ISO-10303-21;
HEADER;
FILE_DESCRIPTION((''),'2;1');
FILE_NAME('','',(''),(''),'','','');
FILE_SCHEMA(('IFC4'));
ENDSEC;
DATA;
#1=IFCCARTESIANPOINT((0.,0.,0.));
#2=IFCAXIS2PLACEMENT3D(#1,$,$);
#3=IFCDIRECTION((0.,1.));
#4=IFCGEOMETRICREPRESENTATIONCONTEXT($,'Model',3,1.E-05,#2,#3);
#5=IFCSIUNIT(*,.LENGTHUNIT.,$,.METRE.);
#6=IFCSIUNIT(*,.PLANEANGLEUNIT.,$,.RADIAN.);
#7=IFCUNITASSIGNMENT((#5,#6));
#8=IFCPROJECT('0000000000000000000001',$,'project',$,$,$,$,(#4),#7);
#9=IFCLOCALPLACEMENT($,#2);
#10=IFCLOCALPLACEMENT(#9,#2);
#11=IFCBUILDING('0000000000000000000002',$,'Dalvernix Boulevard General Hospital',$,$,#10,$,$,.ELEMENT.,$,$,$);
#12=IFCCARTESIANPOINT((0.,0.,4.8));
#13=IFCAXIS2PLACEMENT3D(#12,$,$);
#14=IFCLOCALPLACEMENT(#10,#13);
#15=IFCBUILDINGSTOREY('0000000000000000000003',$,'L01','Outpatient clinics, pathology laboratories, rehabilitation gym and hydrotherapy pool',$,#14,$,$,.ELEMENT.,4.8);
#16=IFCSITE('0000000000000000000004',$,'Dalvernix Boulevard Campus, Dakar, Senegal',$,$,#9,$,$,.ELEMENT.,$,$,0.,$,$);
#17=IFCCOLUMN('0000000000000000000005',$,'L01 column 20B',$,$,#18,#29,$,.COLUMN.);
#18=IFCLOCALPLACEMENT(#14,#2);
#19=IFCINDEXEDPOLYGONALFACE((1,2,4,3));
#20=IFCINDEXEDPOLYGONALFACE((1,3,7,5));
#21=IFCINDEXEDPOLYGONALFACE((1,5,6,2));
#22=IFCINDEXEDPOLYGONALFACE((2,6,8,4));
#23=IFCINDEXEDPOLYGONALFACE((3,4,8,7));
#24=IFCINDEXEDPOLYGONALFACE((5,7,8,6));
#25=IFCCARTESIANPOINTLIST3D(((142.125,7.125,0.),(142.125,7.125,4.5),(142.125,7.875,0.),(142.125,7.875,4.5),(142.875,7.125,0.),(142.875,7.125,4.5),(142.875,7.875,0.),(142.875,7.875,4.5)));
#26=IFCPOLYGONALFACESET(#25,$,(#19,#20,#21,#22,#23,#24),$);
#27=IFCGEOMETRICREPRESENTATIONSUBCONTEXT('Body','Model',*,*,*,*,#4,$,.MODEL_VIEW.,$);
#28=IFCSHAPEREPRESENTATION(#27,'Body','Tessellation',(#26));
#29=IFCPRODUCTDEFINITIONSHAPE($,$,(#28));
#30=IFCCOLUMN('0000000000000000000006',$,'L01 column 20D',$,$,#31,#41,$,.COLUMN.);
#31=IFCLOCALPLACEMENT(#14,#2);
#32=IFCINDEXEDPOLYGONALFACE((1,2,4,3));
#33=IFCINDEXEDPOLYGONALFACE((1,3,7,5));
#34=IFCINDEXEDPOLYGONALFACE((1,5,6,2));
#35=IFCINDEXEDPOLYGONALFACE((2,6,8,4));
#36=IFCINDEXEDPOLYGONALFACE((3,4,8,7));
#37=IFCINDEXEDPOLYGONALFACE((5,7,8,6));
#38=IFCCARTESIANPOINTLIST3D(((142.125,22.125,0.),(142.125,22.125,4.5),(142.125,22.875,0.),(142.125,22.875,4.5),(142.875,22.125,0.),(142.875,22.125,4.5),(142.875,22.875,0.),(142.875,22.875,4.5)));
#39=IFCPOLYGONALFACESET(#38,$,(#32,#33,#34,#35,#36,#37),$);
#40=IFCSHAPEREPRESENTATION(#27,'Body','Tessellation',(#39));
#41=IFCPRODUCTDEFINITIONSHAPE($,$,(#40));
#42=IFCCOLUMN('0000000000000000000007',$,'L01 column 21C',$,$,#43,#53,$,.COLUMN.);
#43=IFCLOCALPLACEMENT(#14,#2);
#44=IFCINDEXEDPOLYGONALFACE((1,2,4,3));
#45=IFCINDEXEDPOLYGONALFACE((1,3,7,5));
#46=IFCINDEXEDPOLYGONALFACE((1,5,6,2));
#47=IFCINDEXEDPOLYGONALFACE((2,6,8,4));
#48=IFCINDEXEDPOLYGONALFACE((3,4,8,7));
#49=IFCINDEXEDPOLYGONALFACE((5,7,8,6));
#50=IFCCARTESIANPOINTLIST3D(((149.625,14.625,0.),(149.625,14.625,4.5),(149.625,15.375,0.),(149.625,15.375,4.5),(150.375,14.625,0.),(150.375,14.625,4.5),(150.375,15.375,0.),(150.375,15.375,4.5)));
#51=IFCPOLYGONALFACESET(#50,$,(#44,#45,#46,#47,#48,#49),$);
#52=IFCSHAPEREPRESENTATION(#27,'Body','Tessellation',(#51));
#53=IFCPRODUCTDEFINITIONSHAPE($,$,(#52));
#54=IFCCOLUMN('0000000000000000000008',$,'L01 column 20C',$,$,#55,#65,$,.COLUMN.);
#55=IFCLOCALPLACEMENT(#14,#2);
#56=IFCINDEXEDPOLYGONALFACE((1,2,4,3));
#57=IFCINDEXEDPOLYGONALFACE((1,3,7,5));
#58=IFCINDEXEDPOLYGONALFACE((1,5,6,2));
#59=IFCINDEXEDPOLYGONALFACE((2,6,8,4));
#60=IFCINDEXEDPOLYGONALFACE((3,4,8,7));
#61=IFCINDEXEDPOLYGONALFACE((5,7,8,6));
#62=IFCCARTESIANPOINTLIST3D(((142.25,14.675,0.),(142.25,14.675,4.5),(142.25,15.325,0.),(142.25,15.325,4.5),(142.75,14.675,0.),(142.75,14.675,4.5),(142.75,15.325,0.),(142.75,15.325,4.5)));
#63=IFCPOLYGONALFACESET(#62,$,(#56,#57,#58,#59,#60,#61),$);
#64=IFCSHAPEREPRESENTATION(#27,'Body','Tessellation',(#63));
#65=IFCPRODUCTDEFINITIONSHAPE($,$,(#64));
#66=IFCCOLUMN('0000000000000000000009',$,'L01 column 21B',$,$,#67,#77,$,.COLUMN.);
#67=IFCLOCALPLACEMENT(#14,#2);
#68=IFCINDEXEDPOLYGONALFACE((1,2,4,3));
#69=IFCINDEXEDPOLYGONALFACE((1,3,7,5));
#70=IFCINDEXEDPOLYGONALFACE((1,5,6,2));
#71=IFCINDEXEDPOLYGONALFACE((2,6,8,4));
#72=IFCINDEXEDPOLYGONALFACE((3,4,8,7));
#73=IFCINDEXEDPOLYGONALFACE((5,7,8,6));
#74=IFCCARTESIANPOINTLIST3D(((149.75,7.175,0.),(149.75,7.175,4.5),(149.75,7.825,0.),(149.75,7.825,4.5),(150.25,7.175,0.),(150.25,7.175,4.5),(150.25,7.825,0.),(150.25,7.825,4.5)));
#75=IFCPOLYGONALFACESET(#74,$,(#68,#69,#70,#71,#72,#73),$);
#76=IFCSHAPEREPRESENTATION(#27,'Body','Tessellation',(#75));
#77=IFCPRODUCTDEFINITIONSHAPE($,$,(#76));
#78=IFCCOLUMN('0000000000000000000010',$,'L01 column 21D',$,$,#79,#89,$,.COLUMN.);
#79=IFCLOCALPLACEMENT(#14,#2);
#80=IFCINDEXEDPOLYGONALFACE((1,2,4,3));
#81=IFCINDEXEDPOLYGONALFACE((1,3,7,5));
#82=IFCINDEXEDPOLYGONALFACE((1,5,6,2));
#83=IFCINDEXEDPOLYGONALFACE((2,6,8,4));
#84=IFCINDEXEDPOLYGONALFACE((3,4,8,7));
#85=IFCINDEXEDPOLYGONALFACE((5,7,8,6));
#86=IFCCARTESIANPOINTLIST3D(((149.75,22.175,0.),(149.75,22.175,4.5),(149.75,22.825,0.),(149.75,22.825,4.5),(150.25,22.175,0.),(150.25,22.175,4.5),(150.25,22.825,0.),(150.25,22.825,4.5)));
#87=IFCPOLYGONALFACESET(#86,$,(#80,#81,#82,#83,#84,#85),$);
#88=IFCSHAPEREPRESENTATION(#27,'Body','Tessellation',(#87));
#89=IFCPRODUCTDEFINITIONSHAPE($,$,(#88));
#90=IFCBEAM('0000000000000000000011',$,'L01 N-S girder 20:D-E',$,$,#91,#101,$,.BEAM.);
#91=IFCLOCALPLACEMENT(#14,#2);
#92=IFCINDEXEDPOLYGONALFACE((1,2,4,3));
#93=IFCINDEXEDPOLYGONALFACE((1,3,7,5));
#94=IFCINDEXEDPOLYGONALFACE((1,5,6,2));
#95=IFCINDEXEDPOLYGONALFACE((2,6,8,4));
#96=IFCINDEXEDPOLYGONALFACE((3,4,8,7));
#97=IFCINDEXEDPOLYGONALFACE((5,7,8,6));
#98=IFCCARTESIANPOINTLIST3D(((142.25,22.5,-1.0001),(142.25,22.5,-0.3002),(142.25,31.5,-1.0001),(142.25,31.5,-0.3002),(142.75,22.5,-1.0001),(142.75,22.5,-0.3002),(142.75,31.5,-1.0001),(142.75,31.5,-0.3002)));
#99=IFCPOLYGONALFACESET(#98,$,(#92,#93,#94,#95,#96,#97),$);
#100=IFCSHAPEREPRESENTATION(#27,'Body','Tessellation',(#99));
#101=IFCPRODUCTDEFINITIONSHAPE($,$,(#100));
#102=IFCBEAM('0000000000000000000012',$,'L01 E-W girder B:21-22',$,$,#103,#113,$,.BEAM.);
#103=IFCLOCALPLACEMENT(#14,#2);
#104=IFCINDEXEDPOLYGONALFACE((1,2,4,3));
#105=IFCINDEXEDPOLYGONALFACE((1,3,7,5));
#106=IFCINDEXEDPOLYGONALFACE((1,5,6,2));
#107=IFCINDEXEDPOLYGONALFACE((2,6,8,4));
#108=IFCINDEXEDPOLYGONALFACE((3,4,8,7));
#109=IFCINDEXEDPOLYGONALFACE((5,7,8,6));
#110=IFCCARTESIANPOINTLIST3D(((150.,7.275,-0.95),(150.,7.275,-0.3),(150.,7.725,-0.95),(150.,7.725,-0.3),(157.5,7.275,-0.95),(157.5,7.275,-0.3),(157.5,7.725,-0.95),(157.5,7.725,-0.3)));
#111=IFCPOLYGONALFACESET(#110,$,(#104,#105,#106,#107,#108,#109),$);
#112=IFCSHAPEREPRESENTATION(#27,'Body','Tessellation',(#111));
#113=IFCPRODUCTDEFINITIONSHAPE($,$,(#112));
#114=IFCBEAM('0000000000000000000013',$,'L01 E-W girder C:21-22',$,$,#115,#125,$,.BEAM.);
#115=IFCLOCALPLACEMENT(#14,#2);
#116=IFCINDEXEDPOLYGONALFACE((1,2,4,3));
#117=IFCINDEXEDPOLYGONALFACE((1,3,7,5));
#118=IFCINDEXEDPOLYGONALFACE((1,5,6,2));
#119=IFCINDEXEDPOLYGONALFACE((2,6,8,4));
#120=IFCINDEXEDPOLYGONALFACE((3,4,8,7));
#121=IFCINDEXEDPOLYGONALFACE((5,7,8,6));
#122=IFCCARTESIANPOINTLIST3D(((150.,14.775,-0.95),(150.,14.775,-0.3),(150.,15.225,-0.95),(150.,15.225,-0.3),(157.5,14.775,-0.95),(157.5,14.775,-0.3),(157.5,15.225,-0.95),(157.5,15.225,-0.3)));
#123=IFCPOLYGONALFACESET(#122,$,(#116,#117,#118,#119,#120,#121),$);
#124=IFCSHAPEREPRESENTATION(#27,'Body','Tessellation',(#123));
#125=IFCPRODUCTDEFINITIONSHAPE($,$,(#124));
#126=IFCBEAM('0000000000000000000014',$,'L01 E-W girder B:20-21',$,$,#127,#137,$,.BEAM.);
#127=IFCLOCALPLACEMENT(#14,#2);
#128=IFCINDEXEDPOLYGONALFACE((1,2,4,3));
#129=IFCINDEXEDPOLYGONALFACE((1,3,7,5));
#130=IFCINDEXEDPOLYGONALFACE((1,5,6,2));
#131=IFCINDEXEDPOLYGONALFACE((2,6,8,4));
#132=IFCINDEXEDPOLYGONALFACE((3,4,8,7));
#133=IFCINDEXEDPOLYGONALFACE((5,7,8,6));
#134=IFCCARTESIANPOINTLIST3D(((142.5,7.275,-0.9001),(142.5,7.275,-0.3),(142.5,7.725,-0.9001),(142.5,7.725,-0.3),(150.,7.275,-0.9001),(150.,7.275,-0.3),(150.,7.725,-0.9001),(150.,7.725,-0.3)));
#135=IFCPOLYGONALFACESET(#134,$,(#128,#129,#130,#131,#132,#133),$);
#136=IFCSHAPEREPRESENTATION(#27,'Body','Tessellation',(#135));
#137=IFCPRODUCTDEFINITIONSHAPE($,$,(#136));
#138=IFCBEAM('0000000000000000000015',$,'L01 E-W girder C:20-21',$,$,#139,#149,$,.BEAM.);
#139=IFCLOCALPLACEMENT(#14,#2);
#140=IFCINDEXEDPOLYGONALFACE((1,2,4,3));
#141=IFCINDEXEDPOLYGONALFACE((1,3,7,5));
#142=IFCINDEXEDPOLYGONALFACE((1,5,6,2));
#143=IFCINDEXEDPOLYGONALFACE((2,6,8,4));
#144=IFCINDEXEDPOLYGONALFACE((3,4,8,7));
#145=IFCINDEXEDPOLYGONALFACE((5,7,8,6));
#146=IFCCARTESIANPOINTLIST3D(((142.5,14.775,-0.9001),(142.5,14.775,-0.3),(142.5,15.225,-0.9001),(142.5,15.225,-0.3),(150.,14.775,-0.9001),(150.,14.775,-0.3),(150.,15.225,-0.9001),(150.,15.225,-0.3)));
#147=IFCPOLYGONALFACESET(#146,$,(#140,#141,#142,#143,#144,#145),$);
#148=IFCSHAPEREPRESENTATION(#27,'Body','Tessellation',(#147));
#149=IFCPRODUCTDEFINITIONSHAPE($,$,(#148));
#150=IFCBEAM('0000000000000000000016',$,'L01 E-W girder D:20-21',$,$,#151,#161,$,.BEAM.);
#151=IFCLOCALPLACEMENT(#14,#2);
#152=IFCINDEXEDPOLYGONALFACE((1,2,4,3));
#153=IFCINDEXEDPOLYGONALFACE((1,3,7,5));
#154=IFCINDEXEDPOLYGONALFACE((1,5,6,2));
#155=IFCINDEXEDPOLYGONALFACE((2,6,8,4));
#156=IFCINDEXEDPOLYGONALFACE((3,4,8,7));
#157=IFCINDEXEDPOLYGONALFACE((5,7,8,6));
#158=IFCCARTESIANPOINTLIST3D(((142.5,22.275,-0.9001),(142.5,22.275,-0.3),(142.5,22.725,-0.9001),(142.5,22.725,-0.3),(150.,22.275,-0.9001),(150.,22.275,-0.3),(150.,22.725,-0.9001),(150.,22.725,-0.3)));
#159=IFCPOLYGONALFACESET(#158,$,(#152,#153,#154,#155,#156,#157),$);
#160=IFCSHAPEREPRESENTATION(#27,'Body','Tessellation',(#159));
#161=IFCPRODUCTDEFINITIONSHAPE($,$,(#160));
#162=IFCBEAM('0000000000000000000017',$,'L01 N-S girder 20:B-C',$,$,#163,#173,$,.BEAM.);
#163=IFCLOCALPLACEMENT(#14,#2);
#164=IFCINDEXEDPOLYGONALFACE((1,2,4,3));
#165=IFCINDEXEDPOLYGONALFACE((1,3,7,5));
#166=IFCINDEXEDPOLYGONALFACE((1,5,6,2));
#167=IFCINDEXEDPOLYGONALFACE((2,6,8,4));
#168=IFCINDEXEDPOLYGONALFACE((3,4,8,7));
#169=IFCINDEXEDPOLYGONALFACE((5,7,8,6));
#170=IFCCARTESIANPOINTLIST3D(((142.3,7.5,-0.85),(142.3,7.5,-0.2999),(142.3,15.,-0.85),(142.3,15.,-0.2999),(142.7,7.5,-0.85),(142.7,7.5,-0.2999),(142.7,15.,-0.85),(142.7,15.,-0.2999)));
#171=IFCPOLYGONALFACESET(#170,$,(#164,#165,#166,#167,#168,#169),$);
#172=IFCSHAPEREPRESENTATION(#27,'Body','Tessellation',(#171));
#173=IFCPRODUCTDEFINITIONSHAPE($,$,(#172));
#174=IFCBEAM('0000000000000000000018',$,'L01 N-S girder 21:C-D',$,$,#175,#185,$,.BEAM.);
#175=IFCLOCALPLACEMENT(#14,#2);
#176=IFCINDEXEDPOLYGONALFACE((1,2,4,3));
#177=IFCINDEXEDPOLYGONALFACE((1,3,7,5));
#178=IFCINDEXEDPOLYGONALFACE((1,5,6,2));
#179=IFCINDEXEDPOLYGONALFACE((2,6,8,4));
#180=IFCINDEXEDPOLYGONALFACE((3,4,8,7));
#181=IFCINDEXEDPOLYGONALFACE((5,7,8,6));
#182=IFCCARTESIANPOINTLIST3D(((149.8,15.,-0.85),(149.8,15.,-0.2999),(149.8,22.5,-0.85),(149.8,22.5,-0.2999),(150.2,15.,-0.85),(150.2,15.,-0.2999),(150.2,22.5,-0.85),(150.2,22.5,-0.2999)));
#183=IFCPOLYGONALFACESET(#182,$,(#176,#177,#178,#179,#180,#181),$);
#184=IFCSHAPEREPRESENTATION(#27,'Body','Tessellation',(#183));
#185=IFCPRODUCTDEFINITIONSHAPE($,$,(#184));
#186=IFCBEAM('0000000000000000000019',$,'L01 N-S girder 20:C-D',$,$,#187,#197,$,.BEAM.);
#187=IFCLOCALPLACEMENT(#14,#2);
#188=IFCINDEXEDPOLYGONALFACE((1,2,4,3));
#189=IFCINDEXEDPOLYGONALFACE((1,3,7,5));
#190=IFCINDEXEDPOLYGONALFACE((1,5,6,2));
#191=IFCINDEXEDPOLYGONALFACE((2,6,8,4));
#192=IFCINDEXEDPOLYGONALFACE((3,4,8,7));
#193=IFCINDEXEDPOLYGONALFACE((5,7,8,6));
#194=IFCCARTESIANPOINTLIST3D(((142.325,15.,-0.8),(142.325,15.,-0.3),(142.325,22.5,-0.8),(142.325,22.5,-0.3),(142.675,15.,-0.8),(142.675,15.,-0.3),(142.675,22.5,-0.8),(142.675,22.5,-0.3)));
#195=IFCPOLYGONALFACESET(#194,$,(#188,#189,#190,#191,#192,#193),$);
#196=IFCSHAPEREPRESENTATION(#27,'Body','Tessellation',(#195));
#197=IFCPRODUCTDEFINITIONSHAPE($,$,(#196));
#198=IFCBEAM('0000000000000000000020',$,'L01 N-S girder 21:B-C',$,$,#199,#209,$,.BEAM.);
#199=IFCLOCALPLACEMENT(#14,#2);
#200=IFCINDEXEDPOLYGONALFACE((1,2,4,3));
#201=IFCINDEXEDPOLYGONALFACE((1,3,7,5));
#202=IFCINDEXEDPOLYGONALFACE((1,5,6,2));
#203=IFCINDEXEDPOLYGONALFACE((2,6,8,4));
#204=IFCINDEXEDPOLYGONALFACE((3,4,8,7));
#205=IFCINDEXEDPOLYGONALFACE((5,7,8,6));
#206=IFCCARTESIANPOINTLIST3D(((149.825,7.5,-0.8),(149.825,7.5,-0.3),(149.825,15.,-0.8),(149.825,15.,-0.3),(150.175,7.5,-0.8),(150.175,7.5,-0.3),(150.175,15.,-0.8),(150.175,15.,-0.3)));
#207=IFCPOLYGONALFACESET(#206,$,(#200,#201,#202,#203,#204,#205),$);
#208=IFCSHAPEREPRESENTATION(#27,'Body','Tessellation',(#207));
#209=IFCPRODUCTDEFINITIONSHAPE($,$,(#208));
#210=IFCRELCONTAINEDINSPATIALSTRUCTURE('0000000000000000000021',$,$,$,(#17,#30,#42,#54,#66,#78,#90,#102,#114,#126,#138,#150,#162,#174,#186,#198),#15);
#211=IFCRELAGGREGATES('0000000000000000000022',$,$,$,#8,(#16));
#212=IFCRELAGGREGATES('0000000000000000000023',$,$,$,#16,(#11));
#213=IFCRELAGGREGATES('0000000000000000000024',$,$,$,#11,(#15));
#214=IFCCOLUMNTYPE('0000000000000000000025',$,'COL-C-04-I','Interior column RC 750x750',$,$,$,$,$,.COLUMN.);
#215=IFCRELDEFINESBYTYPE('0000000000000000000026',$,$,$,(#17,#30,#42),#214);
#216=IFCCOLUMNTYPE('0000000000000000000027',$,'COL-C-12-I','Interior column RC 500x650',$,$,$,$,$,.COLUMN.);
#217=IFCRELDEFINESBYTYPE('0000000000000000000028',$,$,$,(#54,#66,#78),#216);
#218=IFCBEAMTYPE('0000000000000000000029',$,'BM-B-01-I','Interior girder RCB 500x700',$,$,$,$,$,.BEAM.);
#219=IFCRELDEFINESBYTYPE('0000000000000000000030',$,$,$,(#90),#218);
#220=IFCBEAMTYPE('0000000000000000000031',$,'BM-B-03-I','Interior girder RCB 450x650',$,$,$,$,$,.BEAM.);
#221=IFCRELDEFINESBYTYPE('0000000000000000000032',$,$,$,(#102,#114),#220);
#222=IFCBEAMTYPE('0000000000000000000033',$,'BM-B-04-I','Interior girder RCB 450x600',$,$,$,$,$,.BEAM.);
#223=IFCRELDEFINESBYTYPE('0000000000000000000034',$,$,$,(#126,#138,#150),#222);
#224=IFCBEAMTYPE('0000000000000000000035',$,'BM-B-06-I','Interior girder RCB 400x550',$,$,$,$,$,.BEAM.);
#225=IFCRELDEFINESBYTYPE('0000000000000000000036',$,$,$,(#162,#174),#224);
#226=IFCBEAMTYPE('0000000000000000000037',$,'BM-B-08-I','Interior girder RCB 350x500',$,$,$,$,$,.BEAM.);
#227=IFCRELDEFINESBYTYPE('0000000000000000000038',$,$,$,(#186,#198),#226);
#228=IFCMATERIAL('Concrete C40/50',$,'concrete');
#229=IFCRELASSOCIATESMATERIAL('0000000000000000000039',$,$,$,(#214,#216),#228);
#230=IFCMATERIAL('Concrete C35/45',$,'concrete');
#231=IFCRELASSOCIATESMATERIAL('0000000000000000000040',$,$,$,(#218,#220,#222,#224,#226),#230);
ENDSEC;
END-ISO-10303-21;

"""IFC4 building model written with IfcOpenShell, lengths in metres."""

from ifc_helpers import new_model, si_unit, direction, frame, origin, origin_2d, place, context, subcontext, project, spatial, rectangle, extrude, material, material_profile, profile_set, type_object, element, save


model = new_model("IFC4")

# Units and contexts
model_context = context("Model", 3, precision=1e-05, world=origin(), true_north=direction((0.0, 1.0)))
body_context = subcontext(model_context, "Body", "Model", "MODEL_VIEW")
ifc_project = project(units=[si_unit("LENGTHUNIT", "METRE"), si_unit("PLANEANGLEUNIT", "RADIAN")], contexts=[model_context])

# Site, building, storey
site_placement = place(None, origin())
site = spatial("IfcSite", under=ifc_project, at=site_placement, Name="Dalvernix Boulevard Campus, Dakar, Senegal", CompositionType="ELEMENT", RefElevation=0.0)
building_placement = place(site_placement, origin())
building = spatial("IfcBuilding", under=site, at=building_placement, Name="Dalvernix Boulevard General Hospital", CompositionType="ELEMENT")
storey_placement = place(building_placement, frame((0.0, 0.0, 4.8)))
storey = spatial("IfcBuildingStorey", under=building, at=storey_placement, Name="L01", Description="Outpatient clinics, pathology laboratories, rehabilitation gym and hydrotherapy pool", CompositionType="ELEMENT", Elevation=4.8)

# Columns
ifc_material_1 = material(Name="Concrete C40/50", Category="concrete")
ifc_material_profile_1 = material_profile(ifc_material_1, rectangle(XDim=0.75, YDim=0.75, at=origin_2d()), Name="RC 750x750")
ifc_profile_set_1 = profile_set([ifc_material_profile_1], Name="Concrete C40/50")
column_type_1 = type_object("IfcColumnType", Name="COL-C-04-I", Description="Interior column RC 750x750", PredefinedType="COLUMN", material=ifc_profile_set_1)
for number, where, z_axis, x_axis, name in (
    (1, (142.5, 7.5, 0.0), (0.0, 0.0, 1.0), (1.0, 0.0, 0.0), "L01 column 20B"),
    (2, (142.5, 22.5, 0.0), (0.0, 0.0, 1.0), (1.0, 0.0, 0.0), "L01 column 20D"),
    (3, (150.0, 15.0, 0.0), (0.0, 0.0, 1.0), (1.0, 0.0, 0.0), "L01 column 21C"),
):
    element("IfcColumn", number, at=place(storey_placement, frame(where, z_axis=z_axis, x_axis=x_axis)), inside=storey, type_object=column_type_1, Name=name, PredefinedType="COLUMN", context=body_context, shape_type="SweptSolid", body=[
        extrude(rectangle(XDim=0.75, YDim=0.75, at=origin_2d()), origin(), (0.0, 0.0, 1.0), 4.5),
    ])
ifc_material_profile_2 = material_profile(ifc_material_1, rectangle(XDim=0.5, YDim=0.6499, at=origin_2d()), Name="RC 500x650")
ifc_profile_set_2 = profile_set([ifc_material_profile_2], Name="Concrete C40/50")
column_type_2 = type_object("IfcColumnType", Name="COL-C-12-I", Description="Interior column RC 500x650", PredefinedType="COLUMN", material=ifc_profile_set_2)
for number, where, z_axis, x_axis, name in (
    (4, (142.5, 15.0, 0.0), (0.0, 0.0, 1.0), (1.0, 0.0, 0.0), "L01 column 20C"),
    (5, (150.0, 7.5, 0.0), (0.0, 0.0, 1.0), (1.0, 0.0, 0.0), "L01 column 21B"),
    (6, (150.0, 22.5, 0.0), (0.0, 0.0, 1.0), (1.0, 0.0, 0.0), "L01 column 21D"),
):
    element("IfcColumn", number, at=place(storey_placement, frame(where, z_axis=z_axis, x_axis=x_axis)), inside=storey, type_object=column_type_2, Name=name, PredefinedType="COLUMN", context=body_context, shape_type="SweptSolid", body=[
        extrude(rectangle(XDim=0.5, YDim=0.6499, at=origin_2d()), origin(), (0.0, 0.0, 1.0), 4.5),
    ])

# Beams
ifc_material_2 = material(Name="Concrete C35/45", Category="concrete")
ifc_material_profile_3 = material_profile(ifc_material_2, rectangle(XDim=0.5, YDim=0.7, at=origin_2d()), Name="RCB 500x700")
ifc_profile_set_3 = profile_set([ifc_material_profile_3], Name="Concrete C35/45")
beam_type_1 = type_object("IfcBeamType", Name="BM-B-01-I", Description="Interior girder RCB 500x700", PredefinedType="BEAM", material=ifc_profile_set_3)
beam_placement = place(storey_placement, frame((142.5, 22.5, -0.6501), z_axis=(0.0, 1.0, 0.0), x_axis=(-1.0, 0.0, 0.0)))
element("IfcBeam", 7, at=beam_placement, inside=storey, type_object=beam_type_1, Name="L01 N-S girder 20:D-E", PredefinedType="BEAM", context=body_context, shape_type="SweptSolid", body=[
    extrude(rectangle(XDim=0.5, YDim=0.7, at=origin_2d()), origin(), (0.0, 0.0, 1.0), 9.0),
])
ifc_material_profile_4 = material_profile(ifc_material_2, rectangle(XDim=0.45, YDim=0.6499, at=origin_2d()), Name="RCB 450x650")
ifc_profile_set_4 = profile_set([ifc_material_profile_4], Name="Concrete C35/45")
beam_type_2 = type_object("IfcBeamType", Name="BM-B-03-I", Description="Interior girder RCB 450x650", PredefinedType="BEAM", material=ifc_profile_set_4)
for number, where, z_axis, x_axis, name in (
    (8, (150.0, 7.5, -0.625), (1.0, 0.0, 0.0), (0.0, 1.0, 0.0), "L01 E-W girder B:21-22"),
    (9, (150.0, 15.0, -0.625), (1.0, 0.0, 0.0), (0.0, 1.0, 0.0), "L01 E-W girder C:21-22"),
):
    element("IfcBeam", number, at=place(storey_placement, frame(where, z_axis=z_axis, x_axis=x_axis)), inside=storey, type_object=beam_type_2, Name=name, PredefinedType="BEAM", context=body_context, shape_type="SweptSolid", body=[
        extrude(rectangle(XDim=0.45, YDim=0.6499, at=origin_2d()), origin(), (0.0, 0.0, 1.0), 7.5),
    ])
ifc_material_profile_5 = material_profile(ifc_material_2, rectangle(XDim=0.45, YDim=0.6001, at=origin_2d()), Name="RCB 450x600")
ifc_profile_set_5 = profile_set([ifc_material_profile_5], Name="Concrete C35/45")
beam_type_3 = type_object("IfcBeamType", Name="BM-B-04-I", Description="Interior girder RCB 450x600", PredefinedType="BEAM", material=ifc_profile_set_5)
for number, where, z_axis, x_axis, name in (
    (10, (142.5, 7.5, -0.6001), (1.0, 0.0, 0.0), (0.0, 1.0, 0.0), "L01 E-W girder B:20-21"),
    (11, (142.5, 15.0, -0.6001), (1.0, 0.0, 0.0), (0.0, 1.0, 0.0), "L01 E-W girder C:20-21"),
    (12, (142.5, 22.5, -0.6001), (1.0, 0.0, 0.0), (0.0, 1.0, 0.0), "L01 E-W girder D:20-21"),
):
    element("IfcBeam", number, at=place(storey_placement, frame(where, z_axis=z_axis, x_axis=x_axis)), inside=storey, type_object=beam_type_3, Name=name, PredefinedType="BEAM", context=body_context, shape_type="SweptSolid", body=[
        extrude(rectangle(XDim=0.45, YDim=0.6001, at=origin_2d()), origin(), (0.0, 0.0, 1.0), 7.5),
    ])
ifc_material_profile_6 = material_profile(ifc_material_2, rectangle(XDim=0.3999, YDim=0.55, at=origin_2d()), Name="RCB 400x550")
ifc_profile_set_6 = profile_set([ifc_material_profile_6], Name="Concrete C35/45")
beam_type_4 = type_object("IfcBeamType", Name="BM-B-06-I", Description="Interior girder RCB 400x550", PredefinedType="BEAM", material=ifc_profile_set_6)
for number, where, z_axis, x_axis, name in (
    (13, (142.5, 7.5, -0.575), (0.0, 1.0, 0.0), (-1.0, 0.0, 0.0), "L01 N-S girder 20:B-C"),
    (14, (150.0, 15.0, -0.575), (0.0, 1.0, 0.0), (-1.0, 0.0, 0.0), "L01 N-S girder 21:C-D"),
):
    element("IfcBeam", number, at=place(storey_placement, frame(where, z_axis=z_axis, x_axis=x_axis)), inside=storey, type_object=beam_type_4, Name=name, PredefinedType="BEAM", context=body_context, shape_type="SweptSolid", body=[
        extrude(rectangle(XDim=0.3999, YDim=0.55, at=origin_2d()), origin(), (0.0, 0.0, 1.0), 7.5),
    ])
ifc_material_profile_7 = material_profile(ifc_material_2, rectangle(XDim=0.3501, YDim=0.5, at=origin_2d()), Name="RCB 350x500")
ifc_profile_set_7 = profile_set([ifc_material_profile_7], Name="Concrete C35/45")
beam_type_5 = type_object("IfcBeamType", Name="BM-B-08-I", Description="Interior girder RCB 350x500", PredefinedType="BEAM", material=ifc_profile_set_7)
for number, where, z_axis, x_axis, name in (
    (15, (142.5, 15.0, -0.55), (0.0, 1.0, 0.0), (-1.0, 0.0, 0.0), "L01 N-S girder 20:C-D"),
    (16, (150.0, 7.5, -0.55), (0.0, 1.0, 0.0), (-1.0, 0.0, 0.0), "L01 N-S girder 21:B-C"),
):
    element("IfcBeam", number, at=place(storey_placement, frame(where, z_axis=z_axis, x_axis=x_axis)), inside=storey, type_object=beam_type_5, Name=name, PredefinedType="BEAM", context=body_context, shape_type="SweptSolid", body=[
        extrude(rectangle(XDim=0.3501, YDim=0.5, at=origin_2d()), origin(), (0.0, 0.0, 1.0), 7.5),
    ])

save(model, "model.ifc")
